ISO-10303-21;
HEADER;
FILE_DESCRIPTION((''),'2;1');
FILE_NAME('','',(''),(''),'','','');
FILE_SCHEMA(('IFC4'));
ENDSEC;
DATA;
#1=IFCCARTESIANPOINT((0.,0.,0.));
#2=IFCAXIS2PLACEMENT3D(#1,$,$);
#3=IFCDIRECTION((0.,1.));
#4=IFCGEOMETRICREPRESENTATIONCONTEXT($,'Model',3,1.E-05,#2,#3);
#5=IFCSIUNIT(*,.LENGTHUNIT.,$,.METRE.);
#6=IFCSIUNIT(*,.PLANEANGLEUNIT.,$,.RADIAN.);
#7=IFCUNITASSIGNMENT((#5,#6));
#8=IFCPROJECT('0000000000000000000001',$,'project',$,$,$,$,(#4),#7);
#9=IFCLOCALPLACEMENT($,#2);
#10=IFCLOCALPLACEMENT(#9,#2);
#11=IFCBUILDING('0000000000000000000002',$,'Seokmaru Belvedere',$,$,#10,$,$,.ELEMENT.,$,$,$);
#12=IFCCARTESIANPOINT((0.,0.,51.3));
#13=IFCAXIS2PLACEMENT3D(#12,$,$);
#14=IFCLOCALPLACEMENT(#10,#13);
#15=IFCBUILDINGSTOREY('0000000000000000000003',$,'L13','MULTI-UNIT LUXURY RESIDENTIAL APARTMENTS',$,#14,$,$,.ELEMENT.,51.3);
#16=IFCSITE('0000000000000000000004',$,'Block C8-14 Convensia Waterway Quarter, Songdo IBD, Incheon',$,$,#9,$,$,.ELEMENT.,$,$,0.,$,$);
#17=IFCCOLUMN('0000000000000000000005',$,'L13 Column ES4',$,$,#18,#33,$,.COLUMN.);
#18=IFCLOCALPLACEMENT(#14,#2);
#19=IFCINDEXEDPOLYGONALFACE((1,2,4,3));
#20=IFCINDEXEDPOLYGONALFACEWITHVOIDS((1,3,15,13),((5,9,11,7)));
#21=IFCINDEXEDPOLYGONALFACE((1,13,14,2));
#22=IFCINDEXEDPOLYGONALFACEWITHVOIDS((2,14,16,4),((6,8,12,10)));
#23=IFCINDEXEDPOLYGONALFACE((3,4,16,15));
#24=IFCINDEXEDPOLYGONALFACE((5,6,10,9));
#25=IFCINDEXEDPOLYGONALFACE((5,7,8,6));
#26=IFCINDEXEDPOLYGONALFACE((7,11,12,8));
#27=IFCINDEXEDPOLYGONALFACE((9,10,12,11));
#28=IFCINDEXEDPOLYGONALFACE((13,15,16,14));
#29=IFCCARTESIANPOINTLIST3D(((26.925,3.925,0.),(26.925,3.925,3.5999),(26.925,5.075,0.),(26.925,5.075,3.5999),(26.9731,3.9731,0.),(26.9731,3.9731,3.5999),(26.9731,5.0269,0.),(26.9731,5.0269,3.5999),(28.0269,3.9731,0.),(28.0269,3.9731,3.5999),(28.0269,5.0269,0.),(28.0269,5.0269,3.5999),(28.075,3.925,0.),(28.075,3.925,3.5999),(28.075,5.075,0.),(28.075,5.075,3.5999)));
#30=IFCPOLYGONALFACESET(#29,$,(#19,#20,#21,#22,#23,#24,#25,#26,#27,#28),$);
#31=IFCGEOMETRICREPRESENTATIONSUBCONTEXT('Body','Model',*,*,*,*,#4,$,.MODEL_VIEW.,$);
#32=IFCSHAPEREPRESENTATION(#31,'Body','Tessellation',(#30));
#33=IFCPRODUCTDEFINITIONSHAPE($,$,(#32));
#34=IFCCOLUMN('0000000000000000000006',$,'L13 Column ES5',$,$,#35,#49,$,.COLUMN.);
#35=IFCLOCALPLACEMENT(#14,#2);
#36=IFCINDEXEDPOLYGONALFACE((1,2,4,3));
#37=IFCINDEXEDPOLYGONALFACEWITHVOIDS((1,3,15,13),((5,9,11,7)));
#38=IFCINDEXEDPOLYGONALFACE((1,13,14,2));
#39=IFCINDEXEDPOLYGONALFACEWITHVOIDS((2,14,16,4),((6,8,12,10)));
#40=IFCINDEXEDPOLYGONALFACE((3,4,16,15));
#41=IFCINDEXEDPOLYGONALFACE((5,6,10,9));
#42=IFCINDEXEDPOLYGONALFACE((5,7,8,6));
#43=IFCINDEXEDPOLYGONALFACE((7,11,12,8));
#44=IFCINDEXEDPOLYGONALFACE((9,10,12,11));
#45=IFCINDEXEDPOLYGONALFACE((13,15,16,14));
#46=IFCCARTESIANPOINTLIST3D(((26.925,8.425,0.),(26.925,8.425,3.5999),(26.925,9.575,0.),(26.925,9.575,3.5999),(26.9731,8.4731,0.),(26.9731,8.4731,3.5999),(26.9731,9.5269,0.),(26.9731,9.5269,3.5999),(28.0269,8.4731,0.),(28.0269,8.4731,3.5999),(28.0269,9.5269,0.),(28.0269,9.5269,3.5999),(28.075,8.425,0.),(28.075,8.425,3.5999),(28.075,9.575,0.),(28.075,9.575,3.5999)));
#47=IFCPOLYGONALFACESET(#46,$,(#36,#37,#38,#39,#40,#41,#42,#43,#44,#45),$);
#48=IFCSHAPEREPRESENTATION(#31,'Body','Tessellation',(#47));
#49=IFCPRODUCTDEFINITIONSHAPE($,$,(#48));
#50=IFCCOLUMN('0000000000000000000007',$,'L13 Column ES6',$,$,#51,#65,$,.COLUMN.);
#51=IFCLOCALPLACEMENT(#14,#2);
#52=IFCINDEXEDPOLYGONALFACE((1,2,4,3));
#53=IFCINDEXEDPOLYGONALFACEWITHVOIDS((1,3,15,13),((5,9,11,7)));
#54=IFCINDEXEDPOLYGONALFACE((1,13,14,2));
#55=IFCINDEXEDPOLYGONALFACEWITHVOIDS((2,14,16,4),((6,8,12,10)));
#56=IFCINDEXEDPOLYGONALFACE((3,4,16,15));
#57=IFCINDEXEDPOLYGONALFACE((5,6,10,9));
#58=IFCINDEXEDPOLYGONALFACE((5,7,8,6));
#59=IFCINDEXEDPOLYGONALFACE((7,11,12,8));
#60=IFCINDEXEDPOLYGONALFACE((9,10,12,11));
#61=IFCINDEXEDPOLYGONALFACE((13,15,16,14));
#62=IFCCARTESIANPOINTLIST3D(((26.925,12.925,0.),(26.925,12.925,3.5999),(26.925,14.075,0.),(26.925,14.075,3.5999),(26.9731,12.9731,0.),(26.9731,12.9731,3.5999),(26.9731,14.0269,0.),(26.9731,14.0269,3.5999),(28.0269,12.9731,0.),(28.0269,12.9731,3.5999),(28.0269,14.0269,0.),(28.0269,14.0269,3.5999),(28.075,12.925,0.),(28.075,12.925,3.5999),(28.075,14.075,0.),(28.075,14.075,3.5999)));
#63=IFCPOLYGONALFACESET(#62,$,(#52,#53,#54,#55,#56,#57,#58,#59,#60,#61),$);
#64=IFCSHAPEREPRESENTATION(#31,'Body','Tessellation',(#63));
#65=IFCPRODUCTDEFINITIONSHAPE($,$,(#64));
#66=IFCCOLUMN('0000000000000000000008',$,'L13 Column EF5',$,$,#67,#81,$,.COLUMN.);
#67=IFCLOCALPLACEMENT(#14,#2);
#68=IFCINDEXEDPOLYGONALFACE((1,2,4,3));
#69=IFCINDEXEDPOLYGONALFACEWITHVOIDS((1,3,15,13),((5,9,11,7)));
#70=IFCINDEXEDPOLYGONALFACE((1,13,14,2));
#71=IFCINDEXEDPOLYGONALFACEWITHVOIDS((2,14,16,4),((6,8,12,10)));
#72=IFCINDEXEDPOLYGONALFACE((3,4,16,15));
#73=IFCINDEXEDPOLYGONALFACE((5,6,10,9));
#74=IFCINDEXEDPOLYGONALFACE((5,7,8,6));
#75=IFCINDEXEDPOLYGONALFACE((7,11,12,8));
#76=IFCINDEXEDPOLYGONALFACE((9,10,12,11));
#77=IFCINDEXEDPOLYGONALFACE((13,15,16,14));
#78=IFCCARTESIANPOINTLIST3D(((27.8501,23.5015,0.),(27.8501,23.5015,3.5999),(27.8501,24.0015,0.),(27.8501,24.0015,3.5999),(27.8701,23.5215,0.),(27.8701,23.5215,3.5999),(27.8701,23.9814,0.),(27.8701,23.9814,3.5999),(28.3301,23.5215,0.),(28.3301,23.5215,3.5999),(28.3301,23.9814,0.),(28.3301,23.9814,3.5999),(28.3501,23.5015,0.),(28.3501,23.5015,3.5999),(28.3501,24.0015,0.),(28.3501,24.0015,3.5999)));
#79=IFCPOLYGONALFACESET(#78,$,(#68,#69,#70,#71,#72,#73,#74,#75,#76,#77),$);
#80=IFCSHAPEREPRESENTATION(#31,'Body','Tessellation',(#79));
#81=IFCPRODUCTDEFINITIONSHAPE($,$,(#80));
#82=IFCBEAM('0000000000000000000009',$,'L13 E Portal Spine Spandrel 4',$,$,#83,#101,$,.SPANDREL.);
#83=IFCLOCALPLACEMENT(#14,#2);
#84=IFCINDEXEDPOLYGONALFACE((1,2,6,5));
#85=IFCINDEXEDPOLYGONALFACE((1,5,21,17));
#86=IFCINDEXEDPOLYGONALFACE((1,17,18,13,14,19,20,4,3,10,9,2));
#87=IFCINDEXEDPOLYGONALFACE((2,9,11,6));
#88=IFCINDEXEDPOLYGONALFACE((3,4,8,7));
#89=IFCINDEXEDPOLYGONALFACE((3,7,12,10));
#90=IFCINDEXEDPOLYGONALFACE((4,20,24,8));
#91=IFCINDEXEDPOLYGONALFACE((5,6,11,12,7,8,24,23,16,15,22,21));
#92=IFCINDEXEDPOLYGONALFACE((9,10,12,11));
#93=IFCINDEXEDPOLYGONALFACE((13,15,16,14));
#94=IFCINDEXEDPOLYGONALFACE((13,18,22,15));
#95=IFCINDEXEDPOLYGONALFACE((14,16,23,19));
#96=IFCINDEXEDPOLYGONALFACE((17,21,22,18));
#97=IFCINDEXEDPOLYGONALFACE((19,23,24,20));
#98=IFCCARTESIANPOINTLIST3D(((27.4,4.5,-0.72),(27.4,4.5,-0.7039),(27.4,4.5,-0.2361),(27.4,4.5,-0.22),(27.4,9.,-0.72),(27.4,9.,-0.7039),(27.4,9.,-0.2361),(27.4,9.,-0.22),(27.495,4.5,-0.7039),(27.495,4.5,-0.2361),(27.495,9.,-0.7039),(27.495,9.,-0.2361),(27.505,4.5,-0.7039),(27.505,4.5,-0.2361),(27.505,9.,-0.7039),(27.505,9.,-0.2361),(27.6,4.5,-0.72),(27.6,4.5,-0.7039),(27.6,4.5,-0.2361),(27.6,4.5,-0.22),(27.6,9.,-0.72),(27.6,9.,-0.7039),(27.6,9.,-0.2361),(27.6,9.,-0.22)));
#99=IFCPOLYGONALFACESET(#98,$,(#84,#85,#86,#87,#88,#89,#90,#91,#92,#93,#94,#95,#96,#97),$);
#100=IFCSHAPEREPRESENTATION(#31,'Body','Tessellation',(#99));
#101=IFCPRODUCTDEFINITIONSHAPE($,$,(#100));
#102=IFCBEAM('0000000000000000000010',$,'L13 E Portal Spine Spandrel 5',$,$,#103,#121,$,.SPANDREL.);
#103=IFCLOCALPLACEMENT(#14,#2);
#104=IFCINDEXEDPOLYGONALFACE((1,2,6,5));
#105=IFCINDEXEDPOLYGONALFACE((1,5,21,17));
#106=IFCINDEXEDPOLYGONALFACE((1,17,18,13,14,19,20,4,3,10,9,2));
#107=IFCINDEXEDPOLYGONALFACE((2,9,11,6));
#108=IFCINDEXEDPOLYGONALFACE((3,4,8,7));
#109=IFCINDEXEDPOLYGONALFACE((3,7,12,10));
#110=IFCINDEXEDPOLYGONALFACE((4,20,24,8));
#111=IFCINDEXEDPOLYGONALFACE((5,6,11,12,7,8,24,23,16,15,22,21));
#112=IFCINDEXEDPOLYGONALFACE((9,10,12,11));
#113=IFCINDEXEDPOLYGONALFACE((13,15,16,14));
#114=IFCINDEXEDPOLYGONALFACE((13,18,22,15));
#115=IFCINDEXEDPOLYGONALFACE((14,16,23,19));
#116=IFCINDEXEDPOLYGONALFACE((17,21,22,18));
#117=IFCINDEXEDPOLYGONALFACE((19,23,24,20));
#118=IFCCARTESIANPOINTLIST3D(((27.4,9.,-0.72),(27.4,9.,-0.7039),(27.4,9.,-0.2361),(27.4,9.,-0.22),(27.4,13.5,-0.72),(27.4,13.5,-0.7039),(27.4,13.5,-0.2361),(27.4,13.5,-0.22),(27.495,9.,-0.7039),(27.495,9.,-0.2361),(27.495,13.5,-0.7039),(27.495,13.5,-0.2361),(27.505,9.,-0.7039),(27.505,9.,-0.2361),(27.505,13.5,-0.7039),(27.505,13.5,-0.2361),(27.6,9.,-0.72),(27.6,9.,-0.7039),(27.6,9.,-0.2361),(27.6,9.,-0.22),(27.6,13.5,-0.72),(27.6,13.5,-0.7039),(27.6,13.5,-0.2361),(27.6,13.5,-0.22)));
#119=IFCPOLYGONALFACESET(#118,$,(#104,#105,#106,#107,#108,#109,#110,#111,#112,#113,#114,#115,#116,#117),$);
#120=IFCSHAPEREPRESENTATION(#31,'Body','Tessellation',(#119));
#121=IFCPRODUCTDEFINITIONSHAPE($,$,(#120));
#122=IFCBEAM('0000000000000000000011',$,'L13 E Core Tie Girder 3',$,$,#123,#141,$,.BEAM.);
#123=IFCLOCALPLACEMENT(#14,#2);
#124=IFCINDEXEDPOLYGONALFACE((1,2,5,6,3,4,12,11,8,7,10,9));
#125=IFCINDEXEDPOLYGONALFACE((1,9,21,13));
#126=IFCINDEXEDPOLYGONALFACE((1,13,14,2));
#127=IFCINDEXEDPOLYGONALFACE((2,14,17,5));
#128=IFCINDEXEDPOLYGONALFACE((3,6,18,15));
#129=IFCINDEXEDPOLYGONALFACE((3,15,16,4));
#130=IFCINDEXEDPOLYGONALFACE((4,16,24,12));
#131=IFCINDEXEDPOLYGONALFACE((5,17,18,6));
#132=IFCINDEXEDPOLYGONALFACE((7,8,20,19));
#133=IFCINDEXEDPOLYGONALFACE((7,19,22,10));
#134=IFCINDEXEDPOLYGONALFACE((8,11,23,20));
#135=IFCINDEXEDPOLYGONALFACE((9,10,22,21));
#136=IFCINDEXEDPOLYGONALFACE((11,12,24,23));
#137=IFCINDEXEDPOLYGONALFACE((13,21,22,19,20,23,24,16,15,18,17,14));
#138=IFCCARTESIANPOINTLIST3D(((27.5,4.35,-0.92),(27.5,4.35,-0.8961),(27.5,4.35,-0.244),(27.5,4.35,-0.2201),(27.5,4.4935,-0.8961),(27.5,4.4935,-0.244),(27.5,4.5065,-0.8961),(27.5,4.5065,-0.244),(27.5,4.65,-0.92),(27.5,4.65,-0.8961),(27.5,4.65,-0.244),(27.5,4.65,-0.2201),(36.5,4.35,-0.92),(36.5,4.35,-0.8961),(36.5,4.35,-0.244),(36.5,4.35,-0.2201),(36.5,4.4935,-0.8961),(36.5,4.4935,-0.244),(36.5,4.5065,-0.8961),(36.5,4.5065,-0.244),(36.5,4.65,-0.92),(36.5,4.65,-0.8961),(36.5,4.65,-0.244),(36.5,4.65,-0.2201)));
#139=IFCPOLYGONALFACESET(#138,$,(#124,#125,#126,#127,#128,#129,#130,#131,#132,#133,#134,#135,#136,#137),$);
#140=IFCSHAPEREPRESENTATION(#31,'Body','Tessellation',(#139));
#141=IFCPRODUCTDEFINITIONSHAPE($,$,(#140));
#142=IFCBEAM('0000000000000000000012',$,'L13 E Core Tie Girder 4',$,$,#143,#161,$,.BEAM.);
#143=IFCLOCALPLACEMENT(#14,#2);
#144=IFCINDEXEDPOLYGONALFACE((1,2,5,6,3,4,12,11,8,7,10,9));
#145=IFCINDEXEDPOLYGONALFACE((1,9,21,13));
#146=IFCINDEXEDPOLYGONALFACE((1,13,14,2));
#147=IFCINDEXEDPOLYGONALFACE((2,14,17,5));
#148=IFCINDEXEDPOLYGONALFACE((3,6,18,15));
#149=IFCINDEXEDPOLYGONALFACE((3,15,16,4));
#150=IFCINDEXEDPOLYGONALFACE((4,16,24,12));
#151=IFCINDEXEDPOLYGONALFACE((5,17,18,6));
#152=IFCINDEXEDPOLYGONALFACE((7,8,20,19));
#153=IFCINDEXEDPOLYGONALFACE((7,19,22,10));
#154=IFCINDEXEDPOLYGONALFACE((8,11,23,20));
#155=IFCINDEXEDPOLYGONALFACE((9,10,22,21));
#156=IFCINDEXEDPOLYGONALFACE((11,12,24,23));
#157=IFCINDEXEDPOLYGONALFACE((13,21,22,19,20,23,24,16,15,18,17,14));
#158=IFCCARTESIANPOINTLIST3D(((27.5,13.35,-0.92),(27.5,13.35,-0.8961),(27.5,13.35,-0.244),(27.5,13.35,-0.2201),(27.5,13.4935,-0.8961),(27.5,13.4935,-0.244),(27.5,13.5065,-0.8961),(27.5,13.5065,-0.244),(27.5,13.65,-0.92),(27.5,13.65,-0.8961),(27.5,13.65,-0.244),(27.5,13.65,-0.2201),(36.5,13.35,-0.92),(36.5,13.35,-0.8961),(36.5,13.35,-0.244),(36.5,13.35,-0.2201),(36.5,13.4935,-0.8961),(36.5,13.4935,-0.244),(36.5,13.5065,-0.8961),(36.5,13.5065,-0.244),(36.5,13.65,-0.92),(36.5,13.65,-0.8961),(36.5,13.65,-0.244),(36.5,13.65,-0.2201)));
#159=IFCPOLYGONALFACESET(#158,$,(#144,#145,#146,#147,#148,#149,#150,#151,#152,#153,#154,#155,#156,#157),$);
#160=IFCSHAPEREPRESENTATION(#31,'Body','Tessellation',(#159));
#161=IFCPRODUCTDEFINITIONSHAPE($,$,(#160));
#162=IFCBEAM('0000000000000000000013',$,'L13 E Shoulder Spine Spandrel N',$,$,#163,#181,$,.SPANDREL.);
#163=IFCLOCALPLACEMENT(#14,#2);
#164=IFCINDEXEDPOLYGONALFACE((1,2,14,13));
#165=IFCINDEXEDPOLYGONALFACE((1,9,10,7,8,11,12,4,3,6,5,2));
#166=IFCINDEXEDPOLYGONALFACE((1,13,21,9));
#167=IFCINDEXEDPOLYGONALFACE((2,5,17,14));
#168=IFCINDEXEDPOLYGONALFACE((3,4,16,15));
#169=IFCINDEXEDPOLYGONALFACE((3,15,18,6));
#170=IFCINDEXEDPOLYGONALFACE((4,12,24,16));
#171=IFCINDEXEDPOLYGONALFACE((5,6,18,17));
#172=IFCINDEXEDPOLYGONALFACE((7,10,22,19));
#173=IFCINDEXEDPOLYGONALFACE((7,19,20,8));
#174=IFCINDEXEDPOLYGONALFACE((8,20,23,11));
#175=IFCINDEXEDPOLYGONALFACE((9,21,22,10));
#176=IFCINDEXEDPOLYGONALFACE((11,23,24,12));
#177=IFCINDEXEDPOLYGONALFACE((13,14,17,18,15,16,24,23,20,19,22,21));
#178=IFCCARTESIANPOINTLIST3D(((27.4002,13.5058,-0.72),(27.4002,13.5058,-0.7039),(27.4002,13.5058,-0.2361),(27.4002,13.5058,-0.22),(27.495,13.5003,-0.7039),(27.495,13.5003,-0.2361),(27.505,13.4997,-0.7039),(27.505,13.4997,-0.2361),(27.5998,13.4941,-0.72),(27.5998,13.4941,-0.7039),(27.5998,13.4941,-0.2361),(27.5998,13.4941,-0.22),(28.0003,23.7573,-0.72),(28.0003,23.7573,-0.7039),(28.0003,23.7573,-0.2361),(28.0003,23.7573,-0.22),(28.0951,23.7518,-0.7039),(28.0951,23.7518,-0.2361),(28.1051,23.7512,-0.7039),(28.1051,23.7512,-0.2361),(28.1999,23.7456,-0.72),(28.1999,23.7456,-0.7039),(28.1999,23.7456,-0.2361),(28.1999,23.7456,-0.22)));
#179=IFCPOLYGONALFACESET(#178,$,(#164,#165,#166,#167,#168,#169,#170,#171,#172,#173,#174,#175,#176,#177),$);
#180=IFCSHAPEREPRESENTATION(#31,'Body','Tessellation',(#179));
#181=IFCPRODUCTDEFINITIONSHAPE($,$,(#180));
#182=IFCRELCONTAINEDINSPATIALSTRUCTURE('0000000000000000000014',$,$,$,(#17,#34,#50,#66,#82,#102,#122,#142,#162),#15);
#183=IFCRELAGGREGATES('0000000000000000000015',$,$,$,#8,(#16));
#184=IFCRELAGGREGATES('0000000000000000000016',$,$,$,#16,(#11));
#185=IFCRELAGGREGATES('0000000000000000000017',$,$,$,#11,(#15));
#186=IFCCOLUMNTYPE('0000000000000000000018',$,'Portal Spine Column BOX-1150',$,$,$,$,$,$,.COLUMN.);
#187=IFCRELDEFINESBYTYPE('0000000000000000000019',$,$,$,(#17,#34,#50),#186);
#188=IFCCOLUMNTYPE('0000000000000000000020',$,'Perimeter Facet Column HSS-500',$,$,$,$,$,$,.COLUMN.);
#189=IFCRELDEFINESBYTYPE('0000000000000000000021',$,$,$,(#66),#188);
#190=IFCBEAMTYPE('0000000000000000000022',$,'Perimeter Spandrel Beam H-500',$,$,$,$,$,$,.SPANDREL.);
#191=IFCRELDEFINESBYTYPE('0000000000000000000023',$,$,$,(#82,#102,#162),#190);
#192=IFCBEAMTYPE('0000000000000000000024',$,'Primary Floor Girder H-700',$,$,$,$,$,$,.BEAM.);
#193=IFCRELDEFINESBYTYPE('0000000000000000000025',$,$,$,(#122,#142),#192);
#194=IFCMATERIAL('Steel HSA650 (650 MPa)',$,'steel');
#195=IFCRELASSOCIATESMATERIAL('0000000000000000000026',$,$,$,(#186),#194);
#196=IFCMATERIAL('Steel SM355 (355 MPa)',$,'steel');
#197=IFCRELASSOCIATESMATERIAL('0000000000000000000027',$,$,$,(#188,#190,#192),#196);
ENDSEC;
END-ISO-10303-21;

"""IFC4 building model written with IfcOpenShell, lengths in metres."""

from ifc_helpers import new_model, si_unit, direction, frame, origin, origin_2d, place, context, subcontext, project, spatial, hollow_rectangle, i_section, extrude, source, transform, mapped, material, material_profile, profile_set, type_object, type_shapes, element, save


model = new_model("IFC4")

# Units and contexts
model_context = context("Model", 3, precision=1e-05, world=origin(), true_north=direction((0.0, 1.0)))
body_context = subcontext(model_context, "Body", "Model", "MODEL_VIEW")
ifc_project = project(units=[si_unit("LENGTHUNIT", "METRE"), si_unit("PLANEANGLEUNIT", "RADIAN")], contexts=[model_context])

# Site, building, storey
site_placement = place(None, origin())
site = spatial("IfcSite", under=ifc_project, at=site_placement, Name="Block C8-14 Convensia Waterway Quarter, Songdo IBD, Incheon", CompositionType="ELEMENT", RefElevation=0.0)
building_placement = place(site_placement, origin())
building = spatial("IfcBuilding", under=site, at=building_placement, Name="Seokmaru Belvedere", CompositionType="ELEMENT")
storey_placement = place(building_placement, frame((0.0, 0.0, 51.3)))
storey = spatial("IfcBuildingStorey", under=building, at=storey_placement, Name="L13", Description="MULTI-UNIT LUXURY RESIDENTIAL APARTMENTS", CompositionType="ELEMENT", Elevation=51.3)

# Columns
ifc_material_1 = material(Name="Steel HSA650 (650 MPa)", Category="steel")
ifc_material_profile_1 = material_profile(ifc_material_1, hollow_rectangle(XDim=1.1499, YDim=1.1499, WallThickness=0.0481, at=origin_2d()), Name="BOX-1150x1150x48")
ifc_profile_set_1 = profile_set([ifc_material_profile_1], Name="Steel HSA650 (650 MPa)")
column_type_1 = type_object("IfcColumnType", Name="Portal Spine Column BOX-1150", PredefinedType="COLUMN", material=ifc_profile_set_1)
shared_shape_1 = source(origin(), body_context, "Body", "SweptSolid", [
    extrude(hollow_rectangle(XDim=1.1499, YDim=1.1499, WallThickness=0.0481, at=origin_2d()), origin(), (0.0, 0.0, 1.0), 3.5999),
])
type_shapes(column_type_1, [shared_shape_1])
for number, where, z_axis, x_axis, name in (
    (1, (27.5, 4.5, 0.0), (0.0, 0.0, 1.0), (1.0, 0.0, 0.0), "L13 Column ES4"),
    (2, (27.5, 9.0, 0.0), (0.0, 0.0, 1.0), (1.0, 0.0, 0.0), "L13 Column ES5"),
    (3, (27.5, 13.5, 0.0), (0.0, 0.0, 1.0), (1.0, 0.0, 0.0), "L13 Column ES6"),
):
    element("IfcColumn", number, at=place(storey_placement, frame(where, z_axis=z_axis, x_axis=x_axis)), inside=storey, type_object=column_type_1, Name=name, PredefinedType="COLUMN", context=body_context, shape_type="MappedRepresentation", body=[
        mapped(shared_shape_1, transform((0.0, 0.0, 0.0), scale=1.0)),
    ])
ifc_material_2 = material(Name="Steel SM355 (355 MPa)", Category="steel")
ifc_material_profile_2 = material_profile(ifc_material_2, hollow_rectangle(XDim=0.5, YDim=0.5, WallThickness=0.02, at=origin_2d()), Name="HSS-500x500x20")
ifc_profile_set_2 = profile_set([ifc_material_profile_2], Name="Steel SM355 (355 MPa)")
column_type_2 = type_object("IfcColumnType", Name="Perimeter Facet Column HSS-500", PredefinedType="COLUMN", material=ifc_profile_set_2)
shared_shape_2 = source(origin(), body_context, "Body", "SweptSolid", [
    extrude(hollow_rectangle(XDim=0.5, YDim=0.5, WallThickness=0.02, at=origin_2d()), origin(), (0.0, 0.0, 1.0), 3.5999),
])
type_shapes(column_type_2, [shared_shape_2])
column_placement = place(storey_placement, frame((28.1001, 23.7515, 0.0), z_axis=(0.0, 0.0, 1.0), x_axis=(1.0, 0.0, 0.0)))
element("IfcColumn", 4, at=column_placement, inside=storey, type_object=column_type_2, Name="L13 Column EF5", PredefinedType="COLUMN", context=body_context, shape_type="MappedRepresentation", body=[
    mapped(shared_shape_2, transform((0.0, 0.0, 0.0), scale=1.0)),
])

# Beams
ifc_material_profile_3 = material_profile(ifc_material_2, i_section(OverallWidth=0.2, OverallDepth=0.5, WebThickness=0.01, FlangeThickness=0.0161, at=origin_2d()), Name="H-500x200x10x16")
ifc_profile_set_3 = profile_set([ifc_material_profile_3], Name="Steel SM355 (355 MPa)")
beam_type_1 = type_object("IfcBeamType", Name="Perimeter Spandrel Beam H-500", PredefinedType="SPANDREL", material=ifc_profile_set_3)
shared_shape_3 = source(origin(), body_context, "Body", "SweptSolid", [
    extrude(i_section(OverallWidth=0.2, OverallDepth=0.5, WebThickness=0.01, FlangeThickness=0.0161, at=origin_2d()), origin(), (0.0, 0.0, 1.0), 4.5),
])
for number, where, z_axis, x_axis, name in (
    (5, (27.5, 4.5, -0.47), (0.0, 1.0, 0.0), (-1.0, 0.0, 0.0), "L13 E Portal Spine Spandrel 4"),
    (6, (27.5, 9.0, -0.47), (0.0, 1.0, 0.0), (-1.0, 0.0, 0.0), "L13 E Portal Spine Spandrel 5"),
):
    element("IfcBeam", number, at=place(storey_placement, frame(where, z_axis=z_axis, x_axis=x_axis)), inside=storey, type_object=beam_type_1, Name=name, PredefinedType="SPANDREL", context=body_context, shape_type="MappedRepresentation", body=[
        mapped(shared_shape_3, transform((0.0, 0.0, 0.0), scale=1.0)),
    ])
ifc_material_profile_4 = material_profile(ifc_material_2, i_section(OverallWidth=0.3, OverallDepth=0.7, WebThickness=0.0129, FlangeThickness=0.0239, at=origin_2d()), Name="H-700x300x13x24")
ifc_profile_set_4 = profile_set([ifc_material_profile_4], Name="Steel SM355 (355 MPa)")
beam_type_2 = type_object("IfcBeamType", Name="Primary Floor Girder H-700", PredefinedType="BEAM", material=ifc_profile_set_4)
shared_shape_4 = source(origin(), body_context, "Body", "SweptSolid", [
    extrude(i_section(OverallWidth=0.3, OverallDepth=0.7, WebThickness=0.0129, FlangeThickness=0.0239, at=origin_2d()), origin(), (0.0, 0.0, 1.0), 9.0),
])
type_shapes(beam_type_2, [shared_shape_4])
for number, where, z_axis, x_axis, name in (
    (7, (27.5, 4.5, -0.5701), (1.0, 0.0, 0.0), (0.0, 1.0, 0.0), "L13 E Core Tie Girder 3"),
    (8, (27.5, 13.5, -0.5701), (1.0, 0.0, 0.0), (0.0, 1.0, 0.0), "L13 E Core Tie Girder 4"),
):
    element("IfcBeam", number, at=place(storey_placement, frame(where, z_axis=z_axis, x_axis=x_axis)), inside=storey, type_object=beam_type_2, Name=name, PredefinedType="BEAM", context=body_context, shape_type="MappedRepresentation", body=[
        mapped(shared_shape_4, transform((0.0, 0.0, 0.0), scale=1.0)),
    ])
shared_shape_5 = source(origin(), body_context, "Body", "SweptSolid", [
    extrude(i_section(OverallWidth=0.2, OverallDepth=0.5, WebThickness=0.01, FlangeThickness=0.0161, at=origin_2d()), origin(), (0.0, 0.0, 1.0), 10.269),
])
type_shapes(beam_type_1, [shared_shape_3, shared_shape_5])
beam_placement = place(storey_placement, frame((28.1001, 23.7515, -0.47), z_axis=(-0.058438, -0.998291, 0.0), x_axis=(0.998291, -0.058438, 0.0)))
element("IfcBeam", 9, at=beam_placement, inside=storey, type_object=beam_type_1, Name="L13 E Shoulder Spine Spandrel N", PredefinedType="SPANDREL", context=body_context, shape_type="MappedRepresentation", body=[
    mapped(shared_shape_5, transform((0.0, 0.0, 0.0), scale=1.0)),
])

save(model, "model.ifc")
